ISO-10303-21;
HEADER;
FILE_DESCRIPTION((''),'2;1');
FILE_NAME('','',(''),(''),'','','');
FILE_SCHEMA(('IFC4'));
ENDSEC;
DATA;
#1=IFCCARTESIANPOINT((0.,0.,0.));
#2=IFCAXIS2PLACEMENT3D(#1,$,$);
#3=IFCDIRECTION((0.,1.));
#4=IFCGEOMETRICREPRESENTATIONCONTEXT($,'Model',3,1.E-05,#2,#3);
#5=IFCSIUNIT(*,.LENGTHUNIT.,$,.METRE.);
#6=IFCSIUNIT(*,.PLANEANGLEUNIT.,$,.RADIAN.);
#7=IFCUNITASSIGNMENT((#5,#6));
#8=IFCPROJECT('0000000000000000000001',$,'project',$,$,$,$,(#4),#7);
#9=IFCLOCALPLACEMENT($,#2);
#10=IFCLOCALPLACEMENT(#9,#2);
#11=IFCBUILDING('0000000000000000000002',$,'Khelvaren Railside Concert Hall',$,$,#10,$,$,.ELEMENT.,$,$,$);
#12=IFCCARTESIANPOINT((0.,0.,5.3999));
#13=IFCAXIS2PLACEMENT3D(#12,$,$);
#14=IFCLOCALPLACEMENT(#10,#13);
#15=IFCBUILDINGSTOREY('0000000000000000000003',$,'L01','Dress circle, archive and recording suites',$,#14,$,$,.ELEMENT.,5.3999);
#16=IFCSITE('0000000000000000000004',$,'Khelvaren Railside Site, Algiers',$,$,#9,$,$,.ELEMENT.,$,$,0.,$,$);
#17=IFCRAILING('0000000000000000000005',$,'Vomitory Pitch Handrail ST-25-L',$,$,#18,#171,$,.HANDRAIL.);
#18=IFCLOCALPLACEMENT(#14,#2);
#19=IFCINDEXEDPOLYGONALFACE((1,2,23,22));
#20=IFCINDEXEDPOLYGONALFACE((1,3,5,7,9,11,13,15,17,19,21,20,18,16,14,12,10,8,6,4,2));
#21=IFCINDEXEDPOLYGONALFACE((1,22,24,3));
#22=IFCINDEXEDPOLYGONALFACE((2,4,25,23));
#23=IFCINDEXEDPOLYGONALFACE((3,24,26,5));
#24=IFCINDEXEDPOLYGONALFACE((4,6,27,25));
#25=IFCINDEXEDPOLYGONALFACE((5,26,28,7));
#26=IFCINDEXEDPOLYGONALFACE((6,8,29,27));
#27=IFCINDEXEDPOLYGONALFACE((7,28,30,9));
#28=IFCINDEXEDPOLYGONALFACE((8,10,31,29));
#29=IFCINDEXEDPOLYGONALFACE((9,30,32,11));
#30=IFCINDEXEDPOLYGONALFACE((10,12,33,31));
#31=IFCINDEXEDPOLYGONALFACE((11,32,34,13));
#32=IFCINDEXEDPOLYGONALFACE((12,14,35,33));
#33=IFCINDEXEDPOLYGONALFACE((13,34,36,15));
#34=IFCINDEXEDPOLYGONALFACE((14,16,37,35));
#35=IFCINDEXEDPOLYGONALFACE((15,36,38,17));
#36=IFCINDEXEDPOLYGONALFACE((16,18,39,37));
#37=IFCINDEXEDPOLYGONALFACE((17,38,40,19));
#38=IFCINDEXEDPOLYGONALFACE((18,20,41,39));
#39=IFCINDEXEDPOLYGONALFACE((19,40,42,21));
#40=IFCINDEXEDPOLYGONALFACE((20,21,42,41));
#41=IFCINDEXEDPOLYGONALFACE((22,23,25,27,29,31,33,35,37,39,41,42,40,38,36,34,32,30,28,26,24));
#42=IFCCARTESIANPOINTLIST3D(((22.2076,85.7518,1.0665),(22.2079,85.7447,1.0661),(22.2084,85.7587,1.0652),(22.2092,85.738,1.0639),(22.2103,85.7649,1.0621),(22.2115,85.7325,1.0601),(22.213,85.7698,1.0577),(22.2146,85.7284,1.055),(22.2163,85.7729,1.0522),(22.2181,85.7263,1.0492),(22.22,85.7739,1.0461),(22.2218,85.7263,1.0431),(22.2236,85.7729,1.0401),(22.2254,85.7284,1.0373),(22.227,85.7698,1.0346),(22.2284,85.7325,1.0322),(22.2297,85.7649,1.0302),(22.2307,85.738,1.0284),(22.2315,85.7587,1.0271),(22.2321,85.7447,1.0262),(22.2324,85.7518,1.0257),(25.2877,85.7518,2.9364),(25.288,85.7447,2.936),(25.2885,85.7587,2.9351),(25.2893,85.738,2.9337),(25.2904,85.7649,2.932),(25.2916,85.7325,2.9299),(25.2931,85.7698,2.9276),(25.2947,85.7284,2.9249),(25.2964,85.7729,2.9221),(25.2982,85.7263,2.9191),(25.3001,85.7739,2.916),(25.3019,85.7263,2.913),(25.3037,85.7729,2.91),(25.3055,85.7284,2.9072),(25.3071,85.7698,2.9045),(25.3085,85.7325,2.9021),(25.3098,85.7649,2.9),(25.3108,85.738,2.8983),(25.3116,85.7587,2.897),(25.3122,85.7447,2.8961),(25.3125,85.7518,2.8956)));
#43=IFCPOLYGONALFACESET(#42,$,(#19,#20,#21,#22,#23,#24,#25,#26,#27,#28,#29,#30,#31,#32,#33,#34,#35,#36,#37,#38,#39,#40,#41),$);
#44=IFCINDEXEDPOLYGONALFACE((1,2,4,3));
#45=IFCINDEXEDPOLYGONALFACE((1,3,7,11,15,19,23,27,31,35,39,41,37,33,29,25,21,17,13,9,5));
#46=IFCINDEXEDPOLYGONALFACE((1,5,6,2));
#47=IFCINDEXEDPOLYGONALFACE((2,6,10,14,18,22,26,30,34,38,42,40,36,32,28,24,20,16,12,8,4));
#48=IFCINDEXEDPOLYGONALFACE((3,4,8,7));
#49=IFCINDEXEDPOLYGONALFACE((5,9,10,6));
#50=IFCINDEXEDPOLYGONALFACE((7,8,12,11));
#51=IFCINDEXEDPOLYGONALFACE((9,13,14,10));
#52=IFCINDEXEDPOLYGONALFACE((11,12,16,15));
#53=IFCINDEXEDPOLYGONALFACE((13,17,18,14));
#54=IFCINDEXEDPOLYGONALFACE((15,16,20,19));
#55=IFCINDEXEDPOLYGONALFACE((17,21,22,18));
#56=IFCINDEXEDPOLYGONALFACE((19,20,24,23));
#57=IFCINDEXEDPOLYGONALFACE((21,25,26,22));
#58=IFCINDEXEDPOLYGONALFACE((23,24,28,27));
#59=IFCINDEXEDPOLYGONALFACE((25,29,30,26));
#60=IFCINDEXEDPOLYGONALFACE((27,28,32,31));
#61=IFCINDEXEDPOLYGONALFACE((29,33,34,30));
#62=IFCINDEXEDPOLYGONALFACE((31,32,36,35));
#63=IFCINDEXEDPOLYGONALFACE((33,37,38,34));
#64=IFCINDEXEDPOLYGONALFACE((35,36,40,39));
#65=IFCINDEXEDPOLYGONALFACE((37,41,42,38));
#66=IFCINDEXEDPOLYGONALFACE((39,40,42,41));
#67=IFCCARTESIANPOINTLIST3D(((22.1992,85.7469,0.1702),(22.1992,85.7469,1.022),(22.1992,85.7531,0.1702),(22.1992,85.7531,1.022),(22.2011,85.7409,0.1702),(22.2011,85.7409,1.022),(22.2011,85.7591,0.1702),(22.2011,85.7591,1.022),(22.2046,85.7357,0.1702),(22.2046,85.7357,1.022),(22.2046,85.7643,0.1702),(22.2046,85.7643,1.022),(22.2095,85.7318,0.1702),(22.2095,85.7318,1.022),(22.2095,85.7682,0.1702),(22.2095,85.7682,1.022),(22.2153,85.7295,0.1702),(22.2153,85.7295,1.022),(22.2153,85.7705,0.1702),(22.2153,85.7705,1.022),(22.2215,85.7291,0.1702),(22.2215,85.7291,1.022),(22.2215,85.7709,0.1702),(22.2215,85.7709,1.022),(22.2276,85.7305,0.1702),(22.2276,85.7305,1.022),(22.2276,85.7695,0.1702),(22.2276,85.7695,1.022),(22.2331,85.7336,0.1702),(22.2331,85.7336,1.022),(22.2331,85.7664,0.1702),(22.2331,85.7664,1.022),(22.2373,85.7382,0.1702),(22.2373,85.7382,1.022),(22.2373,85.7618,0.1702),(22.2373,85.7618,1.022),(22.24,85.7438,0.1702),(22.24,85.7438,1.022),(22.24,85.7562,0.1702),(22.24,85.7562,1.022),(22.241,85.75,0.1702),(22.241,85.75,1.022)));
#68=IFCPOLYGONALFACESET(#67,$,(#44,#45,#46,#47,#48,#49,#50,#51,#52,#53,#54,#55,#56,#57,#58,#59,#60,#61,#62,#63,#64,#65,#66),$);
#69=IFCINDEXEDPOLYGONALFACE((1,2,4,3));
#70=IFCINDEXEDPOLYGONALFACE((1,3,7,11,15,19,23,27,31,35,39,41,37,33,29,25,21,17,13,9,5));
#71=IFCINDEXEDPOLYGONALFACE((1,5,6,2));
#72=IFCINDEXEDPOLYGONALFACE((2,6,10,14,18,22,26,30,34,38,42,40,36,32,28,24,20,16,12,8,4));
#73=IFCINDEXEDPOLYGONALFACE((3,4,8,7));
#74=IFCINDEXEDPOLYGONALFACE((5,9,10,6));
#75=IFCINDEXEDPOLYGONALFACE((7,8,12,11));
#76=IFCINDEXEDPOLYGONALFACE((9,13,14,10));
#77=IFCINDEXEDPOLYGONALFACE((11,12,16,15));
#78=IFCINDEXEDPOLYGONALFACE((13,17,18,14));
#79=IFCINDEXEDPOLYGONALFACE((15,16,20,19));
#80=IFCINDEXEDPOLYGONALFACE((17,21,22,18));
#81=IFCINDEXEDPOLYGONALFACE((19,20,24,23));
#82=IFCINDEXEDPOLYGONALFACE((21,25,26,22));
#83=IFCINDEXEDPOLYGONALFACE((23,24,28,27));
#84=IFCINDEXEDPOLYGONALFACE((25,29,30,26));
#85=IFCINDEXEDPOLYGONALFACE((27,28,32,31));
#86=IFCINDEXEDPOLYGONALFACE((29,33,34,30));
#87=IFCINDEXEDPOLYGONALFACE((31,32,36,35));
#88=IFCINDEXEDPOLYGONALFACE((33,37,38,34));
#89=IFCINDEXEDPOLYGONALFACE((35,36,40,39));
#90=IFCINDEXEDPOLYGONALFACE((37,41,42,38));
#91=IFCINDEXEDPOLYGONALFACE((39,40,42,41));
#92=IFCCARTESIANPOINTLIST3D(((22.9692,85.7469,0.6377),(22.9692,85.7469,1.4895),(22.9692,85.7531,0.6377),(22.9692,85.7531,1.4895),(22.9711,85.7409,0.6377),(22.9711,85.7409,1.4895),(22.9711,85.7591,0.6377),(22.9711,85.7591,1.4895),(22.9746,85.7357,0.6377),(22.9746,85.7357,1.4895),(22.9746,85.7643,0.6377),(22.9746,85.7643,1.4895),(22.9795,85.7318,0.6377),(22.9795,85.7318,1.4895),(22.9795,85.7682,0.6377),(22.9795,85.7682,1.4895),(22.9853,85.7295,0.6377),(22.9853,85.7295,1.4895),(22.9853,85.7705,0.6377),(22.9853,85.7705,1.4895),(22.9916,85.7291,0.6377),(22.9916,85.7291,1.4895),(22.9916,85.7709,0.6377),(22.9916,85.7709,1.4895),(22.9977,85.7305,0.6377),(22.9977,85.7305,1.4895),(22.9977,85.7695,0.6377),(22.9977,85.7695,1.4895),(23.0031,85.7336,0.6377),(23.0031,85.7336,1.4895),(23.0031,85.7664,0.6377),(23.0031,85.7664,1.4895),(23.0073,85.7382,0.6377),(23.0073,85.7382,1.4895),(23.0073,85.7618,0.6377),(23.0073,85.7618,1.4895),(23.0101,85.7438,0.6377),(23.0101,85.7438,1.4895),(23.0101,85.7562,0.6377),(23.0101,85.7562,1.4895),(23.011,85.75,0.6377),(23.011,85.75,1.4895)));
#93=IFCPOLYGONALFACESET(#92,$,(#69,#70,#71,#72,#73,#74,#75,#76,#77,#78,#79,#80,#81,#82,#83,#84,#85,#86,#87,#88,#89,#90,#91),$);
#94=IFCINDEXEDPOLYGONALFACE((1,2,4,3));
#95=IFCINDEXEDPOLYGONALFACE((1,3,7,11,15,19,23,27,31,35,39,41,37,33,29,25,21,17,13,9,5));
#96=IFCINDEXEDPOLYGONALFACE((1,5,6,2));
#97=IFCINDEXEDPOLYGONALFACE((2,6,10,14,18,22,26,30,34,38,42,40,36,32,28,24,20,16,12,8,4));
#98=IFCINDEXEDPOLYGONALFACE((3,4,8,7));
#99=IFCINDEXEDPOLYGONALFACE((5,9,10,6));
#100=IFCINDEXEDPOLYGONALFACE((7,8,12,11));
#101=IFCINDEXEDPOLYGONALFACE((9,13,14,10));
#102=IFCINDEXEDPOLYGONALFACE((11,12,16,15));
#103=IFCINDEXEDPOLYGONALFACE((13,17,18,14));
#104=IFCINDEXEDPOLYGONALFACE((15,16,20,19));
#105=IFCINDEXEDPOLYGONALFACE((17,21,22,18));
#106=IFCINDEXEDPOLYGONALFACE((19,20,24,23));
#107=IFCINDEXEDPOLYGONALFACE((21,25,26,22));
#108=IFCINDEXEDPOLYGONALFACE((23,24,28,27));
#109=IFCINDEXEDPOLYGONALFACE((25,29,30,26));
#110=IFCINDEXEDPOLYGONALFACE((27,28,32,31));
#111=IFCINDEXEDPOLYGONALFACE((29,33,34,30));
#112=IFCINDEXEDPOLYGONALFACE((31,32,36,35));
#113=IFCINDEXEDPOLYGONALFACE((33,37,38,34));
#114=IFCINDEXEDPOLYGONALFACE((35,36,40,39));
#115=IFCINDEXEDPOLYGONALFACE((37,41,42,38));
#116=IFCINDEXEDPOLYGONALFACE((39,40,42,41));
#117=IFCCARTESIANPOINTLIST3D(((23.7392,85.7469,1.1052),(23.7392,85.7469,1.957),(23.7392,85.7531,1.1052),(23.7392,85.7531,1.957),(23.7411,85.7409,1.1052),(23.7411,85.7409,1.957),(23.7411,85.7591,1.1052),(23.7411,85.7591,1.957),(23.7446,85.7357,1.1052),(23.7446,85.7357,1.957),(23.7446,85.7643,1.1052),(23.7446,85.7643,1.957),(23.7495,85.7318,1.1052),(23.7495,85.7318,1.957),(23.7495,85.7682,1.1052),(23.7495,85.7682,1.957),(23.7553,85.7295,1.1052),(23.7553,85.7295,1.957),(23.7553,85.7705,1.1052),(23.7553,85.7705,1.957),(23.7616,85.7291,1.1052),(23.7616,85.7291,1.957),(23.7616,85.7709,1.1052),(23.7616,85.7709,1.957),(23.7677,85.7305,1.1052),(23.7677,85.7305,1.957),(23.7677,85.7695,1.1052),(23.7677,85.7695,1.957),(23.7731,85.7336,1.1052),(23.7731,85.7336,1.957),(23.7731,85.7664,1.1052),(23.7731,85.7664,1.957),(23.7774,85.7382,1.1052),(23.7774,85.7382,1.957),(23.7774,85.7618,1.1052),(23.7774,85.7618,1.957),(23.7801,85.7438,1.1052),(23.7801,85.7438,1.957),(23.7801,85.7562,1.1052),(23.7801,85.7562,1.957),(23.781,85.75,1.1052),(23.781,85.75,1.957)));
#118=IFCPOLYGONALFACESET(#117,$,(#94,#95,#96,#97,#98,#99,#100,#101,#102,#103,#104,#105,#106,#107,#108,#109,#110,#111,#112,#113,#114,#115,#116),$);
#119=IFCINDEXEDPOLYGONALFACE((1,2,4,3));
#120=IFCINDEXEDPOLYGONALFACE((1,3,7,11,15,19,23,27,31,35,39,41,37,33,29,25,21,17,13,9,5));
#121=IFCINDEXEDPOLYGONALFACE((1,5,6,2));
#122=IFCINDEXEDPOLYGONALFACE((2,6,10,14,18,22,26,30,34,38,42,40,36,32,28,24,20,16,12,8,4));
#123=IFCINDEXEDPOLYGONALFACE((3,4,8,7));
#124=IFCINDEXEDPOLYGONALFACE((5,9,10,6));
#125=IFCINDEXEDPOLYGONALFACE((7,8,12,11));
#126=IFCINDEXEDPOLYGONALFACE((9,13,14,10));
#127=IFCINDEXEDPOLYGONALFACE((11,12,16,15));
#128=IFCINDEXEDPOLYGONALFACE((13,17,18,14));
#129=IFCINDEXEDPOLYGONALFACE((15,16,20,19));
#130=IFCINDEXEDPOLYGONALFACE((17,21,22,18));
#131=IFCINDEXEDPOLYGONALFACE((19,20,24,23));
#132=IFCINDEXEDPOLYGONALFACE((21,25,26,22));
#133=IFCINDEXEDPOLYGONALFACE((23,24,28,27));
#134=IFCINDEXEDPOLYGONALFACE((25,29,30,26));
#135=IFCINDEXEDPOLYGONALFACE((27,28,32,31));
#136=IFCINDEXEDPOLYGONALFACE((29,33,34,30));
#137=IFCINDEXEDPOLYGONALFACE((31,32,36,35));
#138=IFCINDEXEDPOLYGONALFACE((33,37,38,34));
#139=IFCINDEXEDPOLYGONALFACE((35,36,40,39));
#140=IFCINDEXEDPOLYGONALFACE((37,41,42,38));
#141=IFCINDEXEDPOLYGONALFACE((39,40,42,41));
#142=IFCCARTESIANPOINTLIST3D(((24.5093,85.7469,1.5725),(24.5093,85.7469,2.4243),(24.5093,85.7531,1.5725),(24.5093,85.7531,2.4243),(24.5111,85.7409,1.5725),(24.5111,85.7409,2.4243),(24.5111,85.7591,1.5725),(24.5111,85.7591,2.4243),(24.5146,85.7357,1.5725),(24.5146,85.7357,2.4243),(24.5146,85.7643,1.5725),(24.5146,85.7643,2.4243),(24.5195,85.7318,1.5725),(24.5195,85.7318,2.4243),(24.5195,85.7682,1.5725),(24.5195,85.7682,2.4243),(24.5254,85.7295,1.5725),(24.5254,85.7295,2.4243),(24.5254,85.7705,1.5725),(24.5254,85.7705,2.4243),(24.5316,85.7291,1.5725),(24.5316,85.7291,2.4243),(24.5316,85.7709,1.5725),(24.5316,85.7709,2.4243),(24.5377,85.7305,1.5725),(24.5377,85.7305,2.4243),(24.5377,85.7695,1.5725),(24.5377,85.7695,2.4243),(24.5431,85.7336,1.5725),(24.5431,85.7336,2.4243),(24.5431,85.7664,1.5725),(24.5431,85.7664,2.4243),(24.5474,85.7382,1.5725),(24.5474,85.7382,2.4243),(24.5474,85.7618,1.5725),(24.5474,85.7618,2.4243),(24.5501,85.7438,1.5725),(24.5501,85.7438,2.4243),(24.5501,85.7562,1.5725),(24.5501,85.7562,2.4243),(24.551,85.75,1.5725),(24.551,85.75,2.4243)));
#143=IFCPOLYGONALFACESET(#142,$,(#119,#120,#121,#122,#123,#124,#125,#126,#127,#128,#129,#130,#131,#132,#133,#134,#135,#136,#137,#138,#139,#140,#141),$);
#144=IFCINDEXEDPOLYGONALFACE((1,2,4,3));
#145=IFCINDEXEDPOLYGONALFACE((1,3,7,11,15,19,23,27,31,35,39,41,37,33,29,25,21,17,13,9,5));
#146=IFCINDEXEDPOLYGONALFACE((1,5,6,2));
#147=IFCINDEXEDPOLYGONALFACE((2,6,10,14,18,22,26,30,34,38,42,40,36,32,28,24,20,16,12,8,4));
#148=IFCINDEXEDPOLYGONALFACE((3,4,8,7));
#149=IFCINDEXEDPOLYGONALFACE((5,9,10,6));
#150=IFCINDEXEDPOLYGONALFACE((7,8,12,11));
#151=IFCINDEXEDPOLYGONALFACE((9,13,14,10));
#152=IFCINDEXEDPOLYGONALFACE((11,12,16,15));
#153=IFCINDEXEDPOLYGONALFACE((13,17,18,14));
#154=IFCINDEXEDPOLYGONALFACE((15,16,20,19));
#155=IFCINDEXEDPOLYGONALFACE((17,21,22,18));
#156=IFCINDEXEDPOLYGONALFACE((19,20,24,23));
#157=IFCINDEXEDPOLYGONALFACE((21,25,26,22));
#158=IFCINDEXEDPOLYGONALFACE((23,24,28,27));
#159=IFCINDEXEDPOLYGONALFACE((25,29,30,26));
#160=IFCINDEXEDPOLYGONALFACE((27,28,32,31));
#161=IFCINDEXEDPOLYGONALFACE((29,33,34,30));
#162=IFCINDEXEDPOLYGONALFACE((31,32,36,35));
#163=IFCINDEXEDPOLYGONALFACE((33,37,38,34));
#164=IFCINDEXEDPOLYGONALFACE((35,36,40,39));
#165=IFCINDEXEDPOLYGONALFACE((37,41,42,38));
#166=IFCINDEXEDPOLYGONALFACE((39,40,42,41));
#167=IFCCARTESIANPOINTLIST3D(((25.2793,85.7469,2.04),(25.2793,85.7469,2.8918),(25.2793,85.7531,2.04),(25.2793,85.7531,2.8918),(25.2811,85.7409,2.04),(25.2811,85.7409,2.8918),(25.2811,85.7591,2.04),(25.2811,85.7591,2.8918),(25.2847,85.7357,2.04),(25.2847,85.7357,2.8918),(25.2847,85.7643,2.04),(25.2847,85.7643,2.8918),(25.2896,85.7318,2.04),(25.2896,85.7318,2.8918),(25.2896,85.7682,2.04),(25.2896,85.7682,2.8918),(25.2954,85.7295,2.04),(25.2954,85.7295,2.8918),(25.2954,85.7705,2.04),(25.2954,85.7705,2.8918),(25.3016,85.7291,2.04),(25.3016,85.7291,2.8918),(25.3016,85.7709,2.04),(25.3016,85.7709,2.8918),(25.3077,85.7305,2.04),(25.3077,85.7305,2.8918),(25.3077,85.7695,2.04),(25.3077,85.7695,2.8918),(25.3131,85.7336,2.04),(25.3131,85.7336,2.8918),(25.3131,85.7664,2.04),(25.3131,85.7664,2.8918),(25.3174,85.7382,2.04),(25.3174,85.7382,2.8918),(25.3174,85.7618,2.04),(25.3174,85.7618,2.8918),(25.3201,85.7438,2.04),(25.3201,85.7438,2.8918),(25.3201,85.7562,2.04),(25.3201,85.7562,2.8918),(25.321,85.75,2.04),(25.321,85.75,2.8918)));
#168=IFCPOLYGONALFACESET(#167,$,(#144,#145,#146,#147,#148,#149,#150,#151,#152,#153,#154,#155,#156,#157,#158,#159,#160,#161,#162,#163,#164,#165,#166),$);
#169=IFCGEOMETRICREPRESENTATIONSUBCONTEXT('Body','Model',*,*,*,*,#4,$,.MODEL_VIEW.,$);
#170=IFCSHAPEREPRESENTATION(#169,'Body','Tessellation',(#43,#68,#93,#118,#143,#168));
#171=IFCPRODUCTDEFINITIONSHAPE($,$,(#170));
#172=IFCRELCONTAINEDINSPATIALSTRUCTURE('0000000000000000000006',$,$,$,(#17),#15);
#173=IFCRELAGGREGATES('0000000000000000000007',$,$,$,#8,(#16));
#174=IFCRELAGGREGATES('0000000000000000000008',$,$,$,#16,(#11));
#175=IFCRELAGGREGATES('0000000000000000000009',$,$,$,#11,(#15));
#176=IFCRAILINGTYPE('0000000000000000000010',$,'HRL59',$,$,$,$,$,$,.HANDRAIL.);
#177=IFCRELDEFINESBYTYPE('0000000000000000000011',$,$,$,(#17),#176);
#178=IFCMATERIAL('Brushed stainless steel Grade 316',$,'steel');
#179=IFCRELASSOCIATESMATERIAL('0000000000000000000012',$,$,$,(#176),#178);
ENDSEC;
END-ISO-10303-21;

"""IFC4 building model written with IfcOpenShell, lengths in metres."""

from ifc_helpers import new_model, si_unit, direction, frame, origin, origin_2d, place, context, subcontext, project, spatial, circle, extrude, material, type_object, element, save


model = new_model("IFC4")

# Units and contexts
model_context = context("Model", 3, precision=1e-05, world=origin(), true_north=direction((0.0, 1.0)))
body_context = subcontext(model_context, "Body", "Model", "MODEL_VIEW")
ifc_project = project(units=[si_unit("LENGTHUNIT", "METRE"), si_unit("PLANEANGLEUNIT", "RADIAN")], contexts=[model_context])

# Site, building, storey
site_placement = place(None, origin())
site = spatial("IfcSite", under=ifc_project, at=site_placement, Name="Khelvaren Railside Site, Algiers", CompositionType="ELEMENT", RefElevation=0.0)
building_placement = place(site_placement, origin())
building = spatial("IfcBuilding", under=site, at=building_placement, Name="Khelvaren Railside Concert Hall", CompositionType="ELEMENT")
storey_placement = place(building_placement, frame((0.0, 0.0, 5.3999)))
storey = spatial("IfcBuildingStorey", under=building, at=storey_placement, Name="L01", Description="Dress circle, archive and recording suites", CompositionType="ELEMENT", Elevation=5.3999)

# Railing
ifc_material_1 = material(Name="Brushed stainless steel Grade 316", Category="steel")
railing_type_1 = type_object("IfcRailingType", Name="HRL59", PredefinedType="HANDRAIL", material=ifc_material_1)
railing_1_placement = place(storey_placement, frame((22.22, 85.75, 0.1702)))
element("IfcRailing", 1, at=railing_1_placement, inside=storey, type_object=railing_type_1, Name="Vomitory Pitch Handrail ST-25-L", PredefinedType="HANDRAIL", context=body_context, shape_type="SweptSolid", body=[
    extrude(circle(Radius=0.0239, at=origin_2d()), frame((0.0, 0.0, 0.876), z_axis=(0.854809, 0.0, 0.518943), x_axis=(0.0, 1.0, 0.0)), (0.0, 0.0, 1.0), 3.6033),
    extrude(circle(Radius=0.021, at=origin_2d()), origin(), (0.0, 0.0, 1.0), 0.8518),
    extrude(circle(Radius=0.021, at=origin_2d()), frame((0.77, 0.0, 0.4675)), (0.0, 0.0, 1.0), 0.8518),
    extrude(circle(Radius=0.021, at=origin_2d()), frame((1.54, 0.0, 0.9351)), (0.0, 0.0, 1.0), 0.8518),
    extrude(circle(Radius=0.021, at=origin_2d()), frame((2.3101, 0.0, 1.4023)), (0.0, 0.0, 1.0), 0.8518),
    extrude(circle(Radius=0.021, at=origin_2d()), frame((3.0801, 0.0, 1.8699)), (0.0, 0.0, 1.0), 0.8518),
])

save(model, "model.ifc")
